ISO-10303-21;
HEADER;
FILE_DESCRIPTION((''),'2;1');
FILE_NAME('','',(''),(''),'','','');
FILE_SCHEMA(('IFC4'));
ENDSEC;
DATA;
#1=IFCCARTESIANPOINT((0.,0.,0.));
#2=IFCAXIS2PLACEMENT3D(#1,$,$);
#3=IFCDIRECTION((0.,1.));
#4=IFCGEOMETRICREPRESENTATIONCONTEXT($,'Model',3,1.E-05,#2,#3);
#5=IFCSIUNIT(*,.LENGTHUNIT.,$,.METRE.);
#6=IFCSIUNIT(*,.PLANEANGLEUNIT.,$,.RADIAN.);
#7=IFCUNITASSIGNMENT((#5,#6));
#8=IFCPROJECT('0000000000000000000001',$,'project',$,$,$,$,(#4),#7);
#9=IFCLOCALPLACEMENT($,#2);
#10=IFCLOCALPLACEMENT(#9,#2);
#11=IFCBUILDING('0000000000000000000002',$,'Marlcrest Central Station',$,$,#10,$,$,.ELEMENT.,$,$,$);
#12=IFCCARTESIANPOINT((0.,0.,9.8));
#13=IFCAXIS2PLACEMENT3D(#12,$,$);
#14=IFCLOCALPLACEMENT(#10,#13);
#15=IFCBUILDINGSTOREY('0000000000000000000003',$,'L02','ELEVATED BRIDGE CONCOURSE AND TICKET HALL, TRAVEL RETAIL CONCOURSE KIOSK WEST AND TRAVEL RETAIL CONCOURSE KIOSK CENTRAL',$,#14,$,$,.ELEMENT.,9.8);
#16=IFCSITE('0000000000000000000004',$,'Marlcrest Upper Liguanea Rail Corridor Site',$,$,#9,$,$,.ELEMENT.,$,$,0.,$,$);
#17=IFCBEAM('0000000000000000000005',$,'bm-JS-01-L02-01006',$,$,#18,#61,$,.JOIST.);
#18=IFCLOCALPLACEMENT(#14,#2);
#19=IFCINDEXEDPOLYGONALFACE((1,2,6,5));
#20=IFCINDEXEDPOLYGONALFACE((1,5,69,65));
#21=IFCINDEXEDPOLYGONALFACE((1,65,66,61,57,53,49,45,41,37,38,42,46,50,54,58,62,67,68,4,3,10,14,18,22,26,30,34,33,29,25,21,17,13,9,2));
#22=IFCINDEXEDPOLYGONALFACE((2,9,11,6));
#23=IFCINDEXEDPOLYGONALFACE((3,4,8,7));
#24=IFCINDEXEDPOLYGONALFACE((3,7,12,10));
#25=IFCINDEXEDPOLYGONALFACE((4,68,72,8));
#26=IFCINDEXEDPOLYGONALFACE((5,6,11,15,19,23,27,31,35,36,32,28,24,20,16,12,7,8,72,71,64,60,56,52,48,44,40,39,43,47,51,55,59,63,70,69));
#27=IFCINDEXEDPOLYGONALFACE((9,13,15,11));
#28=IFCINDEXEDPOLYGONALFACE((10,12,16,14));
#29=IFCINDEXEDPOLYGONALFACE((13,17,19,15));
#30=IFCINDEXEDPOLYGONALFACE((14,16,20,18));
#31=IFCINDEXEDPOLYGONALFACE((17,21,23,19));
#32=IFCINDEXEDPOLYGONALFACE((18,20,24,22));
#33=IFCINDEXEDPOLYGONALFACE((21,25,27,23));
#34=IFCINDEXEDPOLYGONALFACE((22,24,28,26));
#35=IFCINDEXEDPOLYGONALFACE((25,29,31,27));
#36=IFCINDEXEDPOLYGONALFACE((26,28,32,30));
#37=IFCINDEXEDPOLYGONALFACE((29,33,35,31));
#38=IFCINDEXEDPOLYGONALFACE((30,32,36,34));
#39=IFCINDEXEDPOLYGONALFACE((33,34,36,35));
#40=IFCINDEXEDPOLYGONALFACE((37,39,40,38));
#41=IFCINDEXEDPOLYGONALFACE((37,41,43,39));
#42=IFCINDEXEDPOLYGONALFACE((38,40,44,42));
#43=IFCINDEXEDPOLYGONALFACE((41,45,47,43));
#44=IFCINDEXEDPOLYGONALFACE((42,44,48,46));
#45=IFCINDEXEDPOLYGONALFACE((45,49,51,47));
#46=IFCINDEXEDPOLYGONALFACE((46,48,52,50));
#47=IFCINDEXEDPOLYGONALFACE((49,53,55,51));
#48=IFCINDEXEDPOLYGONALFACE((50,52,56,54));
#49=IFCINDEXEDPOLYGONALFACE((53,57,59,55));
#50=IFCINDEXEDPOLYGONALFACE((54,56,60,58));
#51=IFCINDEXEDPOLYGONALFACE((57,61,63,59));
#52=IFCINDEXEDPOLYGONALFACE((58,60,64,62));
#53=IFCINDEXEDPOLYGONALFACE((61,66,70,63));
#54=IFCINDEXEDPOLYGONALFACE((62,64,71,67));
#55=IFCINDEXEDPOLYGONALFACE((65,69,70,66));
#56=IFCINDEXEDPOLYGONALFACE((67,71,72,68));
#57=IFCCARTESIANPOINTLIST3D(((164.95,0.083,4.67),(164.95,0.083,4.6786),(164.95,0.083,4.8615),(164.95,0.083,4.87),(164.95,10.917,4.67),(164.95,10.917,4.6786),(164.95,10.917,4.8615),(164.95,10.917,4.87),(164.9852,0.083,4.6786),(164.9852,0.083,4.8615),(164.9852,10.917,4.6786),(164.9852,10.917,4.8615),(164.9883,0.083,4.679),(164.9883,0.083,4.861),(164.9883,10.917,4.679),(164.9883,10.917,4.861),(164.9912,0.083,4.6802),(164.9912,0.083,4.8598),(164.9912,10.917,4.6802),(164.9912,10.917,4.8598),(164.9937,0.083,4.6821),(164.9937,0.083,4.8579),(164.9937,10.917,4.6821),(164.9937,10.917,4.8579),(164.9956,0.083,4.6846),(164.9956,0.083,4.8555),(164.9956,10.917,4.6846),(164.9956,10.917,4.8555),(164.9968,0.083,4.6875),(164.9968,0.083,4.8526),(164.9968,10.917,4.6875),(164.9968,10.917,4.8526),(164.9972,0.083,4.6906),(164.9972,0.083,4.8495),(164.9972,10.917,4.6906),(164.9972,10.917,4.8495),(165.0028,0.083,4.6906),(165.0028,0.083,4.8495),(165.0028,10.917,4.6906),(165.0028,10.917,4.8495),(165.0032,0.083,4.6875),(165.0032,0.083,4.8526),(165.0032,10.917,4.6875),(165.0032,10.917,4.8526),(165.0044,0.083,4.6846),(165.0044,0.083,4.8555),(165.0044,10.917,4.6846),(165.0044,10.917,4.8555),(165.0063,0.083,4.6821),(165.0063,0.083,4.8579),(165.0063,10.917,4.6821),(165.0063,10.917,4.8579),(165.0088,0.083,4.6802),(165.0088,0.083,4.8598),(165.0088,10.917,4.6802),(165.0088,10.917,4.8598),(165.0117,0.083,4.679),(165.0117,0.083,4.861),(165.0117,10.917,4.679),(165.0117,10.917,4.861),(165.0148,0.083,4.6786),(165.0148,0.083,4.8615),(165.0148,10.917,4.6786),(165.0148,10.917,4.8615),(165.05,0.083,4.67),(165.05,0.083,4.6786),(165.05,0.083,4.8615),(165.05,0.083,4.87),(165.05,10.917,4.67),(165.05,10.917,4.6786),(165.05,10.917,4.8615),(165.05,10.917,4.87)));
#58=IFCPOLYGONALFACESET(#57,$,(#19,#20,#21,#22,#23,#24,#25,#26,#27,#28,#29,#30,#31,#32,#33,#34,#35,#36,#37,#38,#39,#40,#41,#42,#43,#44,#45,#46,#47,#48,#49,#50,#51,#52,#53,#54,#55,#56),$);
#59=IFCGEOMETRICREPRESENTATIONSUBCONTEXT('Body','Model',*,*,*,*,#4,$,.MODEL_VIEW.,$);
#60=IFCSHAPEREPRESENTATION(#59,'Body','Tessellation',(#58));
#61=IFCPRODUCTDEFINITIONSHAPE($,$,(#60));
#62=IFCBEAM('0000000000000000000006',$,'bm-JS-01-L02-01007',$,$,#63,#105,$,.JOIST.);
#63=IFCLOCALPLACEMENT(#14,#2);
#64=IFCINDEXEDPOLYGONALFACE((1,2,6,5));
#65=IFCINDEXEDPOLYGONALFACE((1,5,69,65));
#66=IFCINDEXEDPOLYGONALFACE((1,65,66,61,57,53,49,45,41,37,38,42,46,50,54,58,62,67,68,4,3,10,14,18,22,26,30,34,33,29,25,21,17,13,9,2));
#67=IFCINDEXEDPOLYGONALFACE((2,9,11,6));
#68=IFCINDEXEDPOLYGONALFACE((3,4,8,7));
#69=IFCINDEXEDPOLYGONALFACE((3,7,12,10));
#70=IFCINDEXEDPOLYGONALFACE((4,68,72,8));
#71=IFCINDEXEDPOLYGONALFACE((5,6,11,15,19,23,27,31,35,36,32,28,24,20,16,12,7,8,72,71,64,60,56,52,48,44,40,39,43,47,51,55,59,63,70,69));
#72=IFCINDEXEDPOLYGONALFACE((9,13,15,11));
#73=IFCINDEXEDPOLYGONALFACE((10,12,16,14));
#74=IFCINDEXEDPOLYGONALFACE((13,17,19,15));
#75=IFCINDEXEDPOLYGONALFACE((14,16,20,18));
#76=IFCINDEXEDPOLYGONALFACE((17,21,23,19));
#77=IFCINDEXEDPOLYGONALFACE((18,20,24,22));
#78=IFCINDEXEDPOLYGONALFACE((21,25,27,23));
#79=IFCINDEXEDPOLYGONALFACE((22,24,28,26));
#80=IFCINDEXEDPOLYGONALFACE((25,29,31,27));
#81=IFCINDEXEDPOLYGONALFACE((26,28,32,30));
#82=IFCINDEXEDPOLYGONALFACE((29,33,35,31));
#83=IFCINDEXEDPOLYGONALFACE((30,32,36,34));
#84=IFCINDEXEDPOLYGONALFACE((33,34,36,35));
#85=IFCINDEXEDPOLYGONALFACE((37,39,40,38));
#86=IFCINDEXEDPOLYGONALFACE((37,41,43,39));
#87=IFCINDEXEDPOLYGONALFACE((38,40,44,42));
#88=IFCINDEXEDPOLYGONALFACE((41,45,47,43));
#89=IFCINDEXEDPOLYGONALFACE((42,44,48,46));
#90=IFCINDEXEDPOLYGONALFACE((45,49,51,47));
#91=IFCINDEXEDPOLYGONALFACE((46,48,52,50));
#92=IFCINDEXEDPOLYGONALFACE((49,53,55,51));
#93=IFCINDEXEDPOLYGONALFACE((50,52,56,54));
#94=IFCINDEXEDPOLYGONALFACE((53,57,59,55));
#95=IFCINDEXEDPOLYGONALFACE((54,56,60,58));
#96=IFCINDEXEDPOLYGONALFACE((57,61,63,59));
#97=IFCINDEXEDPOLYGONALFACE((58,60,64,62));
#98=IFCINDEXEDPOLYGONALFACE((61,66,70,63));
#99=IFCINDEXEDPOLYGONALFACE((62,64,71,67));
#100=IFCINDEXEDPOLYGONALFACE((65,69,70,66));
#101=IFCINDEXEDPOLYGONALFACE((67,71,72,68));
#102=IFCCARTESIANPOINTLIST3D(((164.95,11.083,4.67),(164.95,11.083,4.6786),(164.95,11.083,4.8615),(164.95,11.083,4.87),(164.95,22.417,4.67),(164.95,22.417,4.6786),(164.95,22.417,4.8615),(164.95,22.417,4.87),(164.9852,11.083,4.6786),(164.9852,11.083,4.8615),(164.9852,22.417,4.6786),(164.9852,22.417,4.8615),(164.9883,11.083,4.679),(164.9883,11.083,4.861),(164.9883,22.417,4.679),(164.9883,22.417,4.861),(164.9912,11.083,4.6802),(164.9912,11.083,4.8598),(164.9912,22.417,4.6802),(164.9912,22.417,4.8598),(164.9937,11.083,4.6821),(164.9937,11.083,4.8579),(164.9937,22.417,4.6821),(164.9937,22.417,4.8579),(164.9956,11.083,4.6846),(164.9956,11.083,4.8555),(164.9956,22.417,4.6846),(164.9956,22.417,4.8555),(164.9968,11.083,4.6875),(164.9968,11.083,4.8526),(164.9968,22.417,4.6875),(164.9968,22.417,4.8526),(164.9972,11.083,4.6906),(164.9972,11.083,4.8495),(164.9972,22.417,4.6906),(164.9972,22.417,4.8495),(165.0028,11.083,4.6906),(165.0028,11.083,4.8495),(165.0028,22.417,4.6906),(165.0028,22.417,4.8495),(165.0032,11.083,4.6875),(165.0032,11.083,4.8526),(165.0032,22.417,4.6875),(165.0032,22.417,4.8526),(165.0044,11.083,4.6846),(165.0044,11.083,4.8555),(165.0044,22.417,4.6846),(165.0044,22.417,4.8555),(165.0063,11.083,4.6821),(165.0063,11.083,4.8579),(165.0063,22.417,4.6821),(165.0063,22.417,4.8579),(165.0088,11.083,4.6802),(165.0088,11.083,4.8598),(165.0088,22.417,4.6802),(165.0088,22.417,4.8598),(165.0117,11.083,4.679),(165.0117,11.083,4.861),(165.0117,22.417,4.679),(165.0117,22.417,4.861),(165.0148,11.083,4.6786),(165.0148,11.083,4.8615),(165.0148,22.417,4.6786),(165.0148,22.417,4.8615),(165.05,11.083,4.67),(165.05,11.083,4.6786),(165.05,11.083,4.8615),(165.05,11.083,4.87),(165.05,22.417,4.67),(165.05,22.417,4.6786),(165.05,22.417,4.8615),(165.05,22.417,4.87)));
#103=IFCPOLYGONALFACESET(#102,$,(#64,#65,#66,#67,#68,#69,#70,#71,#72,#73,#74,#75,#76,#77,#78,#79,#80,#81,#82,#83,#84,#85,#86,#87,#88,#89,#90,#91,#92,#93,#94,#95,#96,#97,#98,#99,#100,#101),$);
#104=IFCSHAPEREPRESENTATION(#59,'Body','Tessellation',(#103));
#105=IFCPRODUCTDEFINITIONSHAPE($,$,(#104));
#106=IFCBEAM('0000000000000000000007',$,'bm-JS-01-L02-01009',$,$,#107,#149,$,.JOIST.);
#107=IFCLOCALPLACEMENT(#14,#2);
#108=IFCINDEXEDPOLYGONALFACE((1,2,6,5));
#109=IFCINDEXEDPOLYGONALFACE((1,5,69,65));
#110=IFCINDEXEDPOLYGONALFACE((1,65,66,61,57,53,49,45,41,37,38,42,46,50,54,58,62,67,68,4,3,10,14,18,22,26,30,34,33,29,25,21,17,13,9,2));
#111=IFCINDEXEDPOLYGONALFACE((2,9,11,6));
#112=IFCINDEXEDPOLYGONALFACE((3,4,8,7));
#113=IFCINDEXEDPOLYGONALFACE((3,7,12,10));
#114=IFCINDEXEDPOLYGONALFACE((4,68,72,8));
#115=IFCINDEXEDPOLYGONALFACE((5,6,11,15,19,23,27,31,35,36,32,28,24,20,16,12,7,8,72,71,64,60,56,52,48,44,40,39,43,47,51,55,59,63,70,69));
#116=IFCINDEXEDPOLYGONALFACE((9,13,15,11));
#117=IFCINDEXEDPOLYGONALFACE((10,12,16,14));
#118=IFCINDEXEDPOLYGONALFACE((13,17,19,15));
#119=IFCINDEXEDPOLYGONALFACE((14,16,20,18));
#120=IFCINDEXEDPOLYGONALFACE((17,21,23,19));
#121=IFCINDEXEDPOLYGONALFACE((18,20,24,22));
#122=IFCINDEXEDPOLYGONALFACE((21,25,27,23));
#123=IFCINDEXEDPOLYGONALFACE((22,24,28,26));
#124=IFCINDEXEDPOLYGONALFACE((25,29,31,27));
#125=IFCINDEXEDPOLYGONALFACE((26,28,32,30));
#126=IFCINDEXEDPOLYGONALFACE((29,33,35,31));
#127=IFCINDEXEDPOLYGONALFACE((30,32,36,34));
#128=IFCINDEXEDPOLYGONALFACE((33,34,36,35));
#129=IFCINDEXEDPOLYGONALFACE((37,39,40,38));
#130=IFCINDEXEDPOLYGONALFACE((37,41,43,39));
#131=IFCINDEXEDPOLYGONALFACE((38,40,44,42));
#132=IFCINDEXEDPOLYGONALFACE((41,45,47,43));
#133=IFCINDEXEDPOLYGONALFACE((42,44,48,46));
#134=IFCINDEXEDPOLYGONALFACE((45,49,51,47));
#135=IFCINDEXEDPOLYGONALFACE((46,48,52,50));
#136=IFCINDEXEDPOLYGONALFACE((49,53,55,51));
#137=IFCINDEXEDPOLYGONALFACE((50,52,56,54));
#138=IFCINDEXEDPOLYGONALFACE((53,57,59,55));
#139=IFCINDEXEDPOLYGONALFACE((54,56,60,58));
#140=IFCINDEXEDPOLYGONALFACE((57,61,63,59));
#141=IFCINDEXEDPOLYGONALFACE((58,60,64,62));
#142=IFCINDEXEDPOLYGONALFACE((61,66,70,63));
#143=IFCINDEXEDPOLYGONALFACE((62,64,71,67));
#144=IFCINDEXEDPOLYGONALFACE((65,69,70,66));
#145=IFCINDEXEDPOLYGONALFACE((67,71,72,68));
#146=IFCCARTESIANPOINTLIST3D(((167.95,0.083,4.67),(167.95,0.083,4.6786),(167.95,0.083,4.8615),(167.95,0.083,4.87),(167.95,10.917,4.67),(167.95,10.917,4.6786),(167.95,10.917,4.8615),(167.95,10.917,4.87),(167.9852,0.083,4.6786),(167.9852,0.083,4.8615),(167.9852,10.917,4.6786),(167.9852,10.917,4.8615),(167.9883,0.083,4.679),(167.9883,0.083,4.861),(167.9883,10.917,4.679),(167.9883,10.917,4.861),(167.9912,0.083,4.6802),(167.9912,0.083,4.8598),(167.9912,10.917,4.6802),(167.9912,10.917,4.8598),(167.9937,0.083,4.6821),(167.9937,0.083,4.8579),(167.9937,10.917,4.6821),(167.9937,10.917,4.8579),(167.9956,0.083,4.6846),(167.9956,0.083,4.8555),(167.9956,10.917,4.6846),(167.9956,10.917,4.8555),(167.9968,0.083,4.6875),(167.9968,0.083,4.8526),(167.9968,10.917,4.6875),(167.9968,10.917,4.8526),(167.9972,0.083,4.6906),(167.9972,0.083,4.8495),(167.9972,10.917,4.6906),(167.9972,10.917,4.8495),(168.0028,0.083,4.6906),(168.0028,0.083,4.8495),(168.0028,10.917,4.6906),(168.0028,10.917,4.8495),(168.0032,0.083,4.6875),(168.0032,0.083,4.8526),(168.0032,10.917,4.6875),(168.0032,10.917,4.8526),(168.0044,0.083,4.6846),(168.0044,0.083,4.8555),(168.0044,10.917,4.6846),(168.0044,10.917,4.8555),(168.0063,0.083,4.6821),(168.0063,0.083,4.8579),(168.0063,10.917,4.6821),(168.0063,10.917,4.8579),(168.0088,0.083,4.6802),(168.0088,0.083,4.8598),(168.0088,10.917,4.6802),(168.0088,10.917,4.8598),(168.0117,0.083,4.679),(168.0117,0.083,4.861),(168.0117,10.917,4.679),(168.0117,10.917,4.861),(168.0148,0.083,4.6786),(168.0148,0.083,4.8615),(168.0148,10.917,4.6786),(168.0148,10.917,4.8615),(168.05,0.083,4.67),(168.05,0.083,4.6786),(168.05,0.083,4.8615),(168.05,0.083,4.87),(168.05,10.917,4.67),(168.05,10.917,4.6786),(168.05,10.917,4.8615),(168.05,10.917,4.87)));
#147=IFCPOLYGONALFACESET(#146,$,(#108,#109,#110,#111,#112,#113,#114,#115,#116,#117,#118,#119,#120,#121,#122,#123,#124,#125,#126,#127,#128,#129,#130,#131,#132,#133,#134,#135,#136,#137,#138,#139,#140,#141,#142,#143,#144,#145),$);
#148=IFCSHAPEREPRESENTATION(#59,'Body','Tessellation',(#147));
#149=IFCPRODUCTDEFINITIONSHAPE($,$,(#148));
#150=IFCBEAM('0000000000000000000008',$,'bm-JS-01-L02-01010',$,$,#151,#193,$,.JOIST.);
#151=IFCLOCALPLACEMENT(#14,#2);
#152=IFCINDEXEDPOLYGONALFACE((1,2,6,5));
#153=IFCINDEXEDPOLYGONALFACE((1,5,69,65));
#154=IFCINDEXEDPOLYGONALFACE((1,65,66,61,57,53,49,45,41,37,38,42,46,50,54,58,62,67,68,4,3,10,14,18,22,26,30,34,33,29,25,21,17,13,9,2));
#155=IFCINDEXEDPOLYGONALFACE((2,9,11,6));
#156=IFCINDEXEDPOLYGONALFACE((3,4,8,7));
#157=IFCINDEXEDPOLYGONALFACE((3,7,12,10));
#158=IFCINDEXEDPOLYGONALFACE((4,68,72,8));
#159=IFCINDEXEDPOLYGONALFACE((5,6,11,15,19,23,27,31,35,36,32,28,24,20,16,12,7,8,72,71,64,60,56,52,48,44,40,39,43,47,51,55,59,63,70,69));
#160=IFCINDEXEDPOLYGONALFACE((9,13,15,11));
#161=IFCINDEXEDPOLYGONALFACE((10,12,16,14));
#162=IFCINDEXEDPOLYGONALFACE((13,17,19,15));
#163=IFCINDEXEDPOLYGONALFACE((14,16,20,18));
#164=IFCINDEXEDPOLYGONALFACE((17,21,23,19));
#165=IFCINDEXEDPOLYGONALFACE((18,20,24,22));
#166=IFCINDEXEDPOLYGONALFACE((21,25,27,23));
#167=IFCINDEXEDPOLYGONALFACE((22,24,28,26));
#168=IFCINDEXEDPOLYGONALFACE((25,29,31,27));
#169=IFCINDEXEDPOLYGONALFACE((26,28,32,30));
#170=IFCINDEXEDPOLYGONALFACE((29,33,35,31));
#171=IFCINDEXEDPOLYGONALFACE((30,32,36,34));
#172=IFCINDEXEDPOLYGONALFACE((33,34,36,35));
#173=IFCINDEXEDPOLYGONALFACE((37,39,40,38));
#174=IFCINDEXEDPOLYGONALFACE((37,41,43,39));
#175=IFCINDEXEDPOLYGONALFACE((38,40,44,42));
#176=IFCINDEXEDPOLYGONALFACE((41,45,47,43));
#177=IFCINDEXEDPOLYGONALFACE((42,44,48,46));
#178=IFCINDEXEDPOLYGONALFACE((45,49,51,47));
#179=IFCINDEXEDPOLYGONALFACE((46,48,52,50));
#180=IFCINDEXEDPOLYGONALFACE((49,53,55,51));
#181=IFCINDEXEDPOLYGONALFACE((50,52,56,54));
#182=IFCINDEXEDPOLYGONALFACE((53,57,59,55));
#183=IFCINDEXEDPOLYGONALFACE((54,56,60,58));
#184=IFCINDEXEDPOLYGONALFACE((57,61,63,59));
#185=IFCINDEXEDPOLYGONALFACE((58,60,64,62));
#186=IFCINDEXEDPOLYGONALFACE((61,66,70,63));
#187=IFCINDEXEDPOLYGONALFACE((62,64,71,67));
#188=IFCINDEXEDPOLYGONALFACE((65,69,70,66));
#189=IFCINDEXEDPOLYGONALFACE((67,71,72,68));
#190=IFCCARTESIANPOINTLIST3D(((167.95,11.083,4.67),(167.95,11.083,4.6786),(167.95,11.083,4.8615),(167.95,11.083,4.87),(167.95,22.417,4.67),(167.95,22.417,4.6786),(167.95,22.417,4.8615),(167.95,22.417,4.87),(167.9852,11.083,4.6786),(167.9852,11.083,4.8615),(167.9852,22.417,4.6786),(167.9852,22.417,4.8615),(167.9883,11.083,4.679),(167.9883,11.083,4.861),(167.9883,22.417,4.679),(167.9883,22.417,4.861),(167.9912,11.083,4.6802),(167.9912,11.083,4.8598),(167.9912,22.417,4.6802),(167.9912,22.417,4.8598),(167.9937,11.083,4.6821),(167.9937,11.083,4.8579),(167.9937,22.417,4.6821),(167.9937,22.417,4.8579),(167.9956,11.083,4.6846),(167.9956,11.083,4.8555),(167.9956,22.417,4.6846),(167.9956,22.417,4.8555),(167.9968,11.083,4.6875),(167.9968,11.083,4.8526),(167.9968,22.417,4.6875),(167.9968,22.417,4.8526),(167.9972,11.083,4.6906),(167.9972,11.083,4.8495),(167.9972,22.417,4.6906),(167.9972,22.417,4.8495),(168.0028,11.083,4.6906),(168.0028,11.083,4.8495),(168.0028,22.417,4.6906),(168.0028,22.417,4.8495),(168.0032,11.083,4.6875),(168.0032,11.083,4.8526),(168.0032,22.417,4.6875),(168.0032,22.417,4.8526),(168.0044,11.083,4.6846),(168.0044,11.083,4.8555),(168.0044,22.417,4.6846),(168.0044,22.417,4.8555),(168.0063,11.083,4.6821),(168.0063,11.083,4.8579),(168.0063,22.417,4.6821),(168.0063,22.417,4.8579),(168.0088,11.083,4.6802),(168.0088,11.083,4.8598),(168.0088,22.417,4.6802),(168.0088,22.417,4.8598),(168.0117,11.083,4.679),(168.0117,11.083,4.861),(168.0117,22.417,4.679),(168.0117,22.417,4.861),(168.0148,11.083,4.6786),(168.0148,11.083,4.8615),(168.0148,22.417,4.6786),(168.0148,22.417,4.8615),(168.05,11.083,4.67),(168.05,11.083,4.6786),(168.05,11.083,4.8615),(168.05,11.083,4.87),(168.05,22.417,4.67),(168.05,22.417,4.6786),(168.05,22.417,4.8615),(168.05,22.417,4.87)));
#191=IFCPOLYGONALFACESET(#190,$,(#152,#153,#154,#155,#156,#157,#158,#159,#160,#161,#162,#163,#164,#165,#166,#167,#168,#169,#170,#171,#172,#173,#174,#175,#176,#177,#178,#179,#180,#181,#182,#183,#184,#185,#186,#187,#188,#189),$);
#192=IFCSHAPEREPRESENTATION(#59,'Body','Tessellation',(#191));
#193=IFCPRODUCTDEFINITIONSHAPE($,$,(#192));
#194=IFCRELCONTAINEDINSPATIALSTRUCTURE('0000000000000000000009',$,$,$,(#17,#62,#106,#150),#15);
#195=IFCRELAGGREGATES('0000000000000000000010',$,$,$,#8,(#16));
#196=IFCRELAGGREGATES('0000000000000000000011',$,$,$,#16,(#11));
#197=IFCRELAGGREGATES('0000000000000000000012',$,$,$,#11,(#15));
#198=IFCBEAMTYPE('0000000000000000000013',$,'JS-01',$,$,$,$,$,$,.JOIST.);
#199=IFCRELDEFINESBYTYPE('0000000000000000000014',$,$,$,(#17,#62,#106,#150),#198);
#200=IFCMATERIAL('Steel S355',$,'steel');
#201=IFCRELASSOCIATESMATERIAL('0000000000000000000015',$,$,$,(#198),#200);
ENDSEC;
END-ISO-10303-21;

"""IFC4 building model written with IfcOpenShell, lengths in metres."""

from ifc_helpers import new_model, si_unit, direction, frame, origin, origin_2d, place, context, subcontext, project, spatial, i_section, extrude, material, material_profile, profile_set, type_object, element, save


model = new_model("IFC4")

# Units and contexts
model_context = context("Model", 3, precision=1e-05, world=origin(), true_north=direction((0.0, 1.0)))
body_context = subcontext(model_context, "Body", "Model", "MODEL_VIEW")
ifc_project = project(units=[si_unit("LENGTHUNIT", "METRE"), si_unit("PLANEANGLEUNIT", "RADIAN")], contexts=[model_context])

# Site, building, storey
site_placement = place(None, origin())
site = spatial("IfcSite", under=ifc_project, at=site_placement, Name="Marlcrest Upper Liguanea Rail Corridor Site", CompositionType="ELEMENT", RefElevation=0.0)
building_placement = place(site_placement, origin())
building = spatial("IfcBuilding", under=site, at=building_placement, Name="Marlcrest Central Station", CompositionType="ELEMENT")
storey_placement = place(building_placement, frame((0.0, 0.0, 9.8)))
storey = spatial("IfcBuildingStorey", under=building, at=storey_placement, Name="L02", Description="ELEVATED BRIDGE CONCOURSE AND TICKET HALL, TRAVEL RETAIL CONCOURSE KIOSK WEST AND TRAVEL RETAIL CONCOURSE KIOSK CENTRAL", CompositionType="ELEMENT", Elevation=9.8)

# Beams
ifc_material_1 = material(Name="Steel S355", Category="steel")
ifc_material_profile_1 = material_profile(ifc_material_1, i_section(OverallWidth=0.1001, OverallDepth=0.2, WebThickness=0.0056, FlangeThickness=0.0085, FilletRadius=0.012, at=origin_2d()), Name="IPE 200")
ifc_profile_set_1 = profile_set([ifc_material_profile_1], Name="Steel S355")
beam_type_1 = type_object("IfcBeamType", Name="JS-01", PredefinedType="JOIST", material=ifc_profile_set_1)
beam_1_placement = place(storey_placement, frame((165.0, 0.083, 4.77), z_axis=(0.0, 1.0, 0.0), x_axis=(-1.0, 0.0, 0.0)))
element("IfcBeam", 1, at=beam_1_placement, inside=storey, type_object=beam_type_1, Name="bm-JS-01-L02-01006", PredefinedType="JOIST", context=body_context, shape_type="SweptSolid", body=[
    extrude(i_section(OverallWidth=0.1001, OverallDepth=0.2, WebThickness=0.0056, FlangeThickness=0.0085, FilletRadius=0.012, at=origin_2d()), origin(), (0.0, 0.0, 1.0), 10.834),
])
beam_2_placement = place(storey_placement, frame((165.0, 11.083, 4.77), z_axis=(0.0, 1.0, 0.0), x_axis=(-1.0, 0.0, 0.0)))
element("IfcBeam", 2, at=beam_2_placement, inside=storey, type_object=beam_type_1, Name="bm-JS-01-L02-01007", PredefinedType="JOIST", context=body_context, shape_type="SweptSolid", body=[
    extrude(i_section(OverallWidth=0.1001, OverallDepth=0.2, WebThickness=0.0056, FlangeThickness=0.0085, FilletRadius=0.012, at=origin_2d()), origin(), (0.0, 0.0, 1.0), 11.334),
])
beam_3_placement = place(storey_placement, frame((168.0, 0.083, 4.77), z_axis=(0.0, 1.0, 0.0), x_axis=(-1.0, 0.0, 0.0)))
element("IfcBeam", 3, at=beam_3_placement, inside=storey, type_object=beam_type_1, Name="bm-JS-01-L02-01009", PredefinedType="JOIST", context=body_context, shape_type="SweptSolid", body=[
    extrude(i_section(OverallWidth=0.1001, OverallDepth=0.2, WebThickness=0.0056, FlangeThickness=0.0085, FilletRadius=0.012, at=origin_2d()), origin(), (0.0, 0.0, 1.0), 10.834),
])
beam_4_placement = place(storey_placement, frame((168.0, 11.083, 4.77), z_axis=(0.0, 1.0, 0.0), x_axis=(-1.0, 0.0, 0.0)))
element("IfcBeam", 4, at=beam_4_placement, inside=storey, type_object=beam_type_1, Name="bm-JS-01-L02-01010", PredefinedType="JOIST", context=body_context, shape_type="SweptSolid", body=[
    extrude(i_section(OverallWidth=0.1001, OverallDepth=0.2, WebThickness=0.0056, FlangeThickness=0.0085, FilletRadius=0.012, at=origin_2d()), origin(), (0.0, 0.0, 1.0), 11.334),
])

save(model, "model.ifc")
